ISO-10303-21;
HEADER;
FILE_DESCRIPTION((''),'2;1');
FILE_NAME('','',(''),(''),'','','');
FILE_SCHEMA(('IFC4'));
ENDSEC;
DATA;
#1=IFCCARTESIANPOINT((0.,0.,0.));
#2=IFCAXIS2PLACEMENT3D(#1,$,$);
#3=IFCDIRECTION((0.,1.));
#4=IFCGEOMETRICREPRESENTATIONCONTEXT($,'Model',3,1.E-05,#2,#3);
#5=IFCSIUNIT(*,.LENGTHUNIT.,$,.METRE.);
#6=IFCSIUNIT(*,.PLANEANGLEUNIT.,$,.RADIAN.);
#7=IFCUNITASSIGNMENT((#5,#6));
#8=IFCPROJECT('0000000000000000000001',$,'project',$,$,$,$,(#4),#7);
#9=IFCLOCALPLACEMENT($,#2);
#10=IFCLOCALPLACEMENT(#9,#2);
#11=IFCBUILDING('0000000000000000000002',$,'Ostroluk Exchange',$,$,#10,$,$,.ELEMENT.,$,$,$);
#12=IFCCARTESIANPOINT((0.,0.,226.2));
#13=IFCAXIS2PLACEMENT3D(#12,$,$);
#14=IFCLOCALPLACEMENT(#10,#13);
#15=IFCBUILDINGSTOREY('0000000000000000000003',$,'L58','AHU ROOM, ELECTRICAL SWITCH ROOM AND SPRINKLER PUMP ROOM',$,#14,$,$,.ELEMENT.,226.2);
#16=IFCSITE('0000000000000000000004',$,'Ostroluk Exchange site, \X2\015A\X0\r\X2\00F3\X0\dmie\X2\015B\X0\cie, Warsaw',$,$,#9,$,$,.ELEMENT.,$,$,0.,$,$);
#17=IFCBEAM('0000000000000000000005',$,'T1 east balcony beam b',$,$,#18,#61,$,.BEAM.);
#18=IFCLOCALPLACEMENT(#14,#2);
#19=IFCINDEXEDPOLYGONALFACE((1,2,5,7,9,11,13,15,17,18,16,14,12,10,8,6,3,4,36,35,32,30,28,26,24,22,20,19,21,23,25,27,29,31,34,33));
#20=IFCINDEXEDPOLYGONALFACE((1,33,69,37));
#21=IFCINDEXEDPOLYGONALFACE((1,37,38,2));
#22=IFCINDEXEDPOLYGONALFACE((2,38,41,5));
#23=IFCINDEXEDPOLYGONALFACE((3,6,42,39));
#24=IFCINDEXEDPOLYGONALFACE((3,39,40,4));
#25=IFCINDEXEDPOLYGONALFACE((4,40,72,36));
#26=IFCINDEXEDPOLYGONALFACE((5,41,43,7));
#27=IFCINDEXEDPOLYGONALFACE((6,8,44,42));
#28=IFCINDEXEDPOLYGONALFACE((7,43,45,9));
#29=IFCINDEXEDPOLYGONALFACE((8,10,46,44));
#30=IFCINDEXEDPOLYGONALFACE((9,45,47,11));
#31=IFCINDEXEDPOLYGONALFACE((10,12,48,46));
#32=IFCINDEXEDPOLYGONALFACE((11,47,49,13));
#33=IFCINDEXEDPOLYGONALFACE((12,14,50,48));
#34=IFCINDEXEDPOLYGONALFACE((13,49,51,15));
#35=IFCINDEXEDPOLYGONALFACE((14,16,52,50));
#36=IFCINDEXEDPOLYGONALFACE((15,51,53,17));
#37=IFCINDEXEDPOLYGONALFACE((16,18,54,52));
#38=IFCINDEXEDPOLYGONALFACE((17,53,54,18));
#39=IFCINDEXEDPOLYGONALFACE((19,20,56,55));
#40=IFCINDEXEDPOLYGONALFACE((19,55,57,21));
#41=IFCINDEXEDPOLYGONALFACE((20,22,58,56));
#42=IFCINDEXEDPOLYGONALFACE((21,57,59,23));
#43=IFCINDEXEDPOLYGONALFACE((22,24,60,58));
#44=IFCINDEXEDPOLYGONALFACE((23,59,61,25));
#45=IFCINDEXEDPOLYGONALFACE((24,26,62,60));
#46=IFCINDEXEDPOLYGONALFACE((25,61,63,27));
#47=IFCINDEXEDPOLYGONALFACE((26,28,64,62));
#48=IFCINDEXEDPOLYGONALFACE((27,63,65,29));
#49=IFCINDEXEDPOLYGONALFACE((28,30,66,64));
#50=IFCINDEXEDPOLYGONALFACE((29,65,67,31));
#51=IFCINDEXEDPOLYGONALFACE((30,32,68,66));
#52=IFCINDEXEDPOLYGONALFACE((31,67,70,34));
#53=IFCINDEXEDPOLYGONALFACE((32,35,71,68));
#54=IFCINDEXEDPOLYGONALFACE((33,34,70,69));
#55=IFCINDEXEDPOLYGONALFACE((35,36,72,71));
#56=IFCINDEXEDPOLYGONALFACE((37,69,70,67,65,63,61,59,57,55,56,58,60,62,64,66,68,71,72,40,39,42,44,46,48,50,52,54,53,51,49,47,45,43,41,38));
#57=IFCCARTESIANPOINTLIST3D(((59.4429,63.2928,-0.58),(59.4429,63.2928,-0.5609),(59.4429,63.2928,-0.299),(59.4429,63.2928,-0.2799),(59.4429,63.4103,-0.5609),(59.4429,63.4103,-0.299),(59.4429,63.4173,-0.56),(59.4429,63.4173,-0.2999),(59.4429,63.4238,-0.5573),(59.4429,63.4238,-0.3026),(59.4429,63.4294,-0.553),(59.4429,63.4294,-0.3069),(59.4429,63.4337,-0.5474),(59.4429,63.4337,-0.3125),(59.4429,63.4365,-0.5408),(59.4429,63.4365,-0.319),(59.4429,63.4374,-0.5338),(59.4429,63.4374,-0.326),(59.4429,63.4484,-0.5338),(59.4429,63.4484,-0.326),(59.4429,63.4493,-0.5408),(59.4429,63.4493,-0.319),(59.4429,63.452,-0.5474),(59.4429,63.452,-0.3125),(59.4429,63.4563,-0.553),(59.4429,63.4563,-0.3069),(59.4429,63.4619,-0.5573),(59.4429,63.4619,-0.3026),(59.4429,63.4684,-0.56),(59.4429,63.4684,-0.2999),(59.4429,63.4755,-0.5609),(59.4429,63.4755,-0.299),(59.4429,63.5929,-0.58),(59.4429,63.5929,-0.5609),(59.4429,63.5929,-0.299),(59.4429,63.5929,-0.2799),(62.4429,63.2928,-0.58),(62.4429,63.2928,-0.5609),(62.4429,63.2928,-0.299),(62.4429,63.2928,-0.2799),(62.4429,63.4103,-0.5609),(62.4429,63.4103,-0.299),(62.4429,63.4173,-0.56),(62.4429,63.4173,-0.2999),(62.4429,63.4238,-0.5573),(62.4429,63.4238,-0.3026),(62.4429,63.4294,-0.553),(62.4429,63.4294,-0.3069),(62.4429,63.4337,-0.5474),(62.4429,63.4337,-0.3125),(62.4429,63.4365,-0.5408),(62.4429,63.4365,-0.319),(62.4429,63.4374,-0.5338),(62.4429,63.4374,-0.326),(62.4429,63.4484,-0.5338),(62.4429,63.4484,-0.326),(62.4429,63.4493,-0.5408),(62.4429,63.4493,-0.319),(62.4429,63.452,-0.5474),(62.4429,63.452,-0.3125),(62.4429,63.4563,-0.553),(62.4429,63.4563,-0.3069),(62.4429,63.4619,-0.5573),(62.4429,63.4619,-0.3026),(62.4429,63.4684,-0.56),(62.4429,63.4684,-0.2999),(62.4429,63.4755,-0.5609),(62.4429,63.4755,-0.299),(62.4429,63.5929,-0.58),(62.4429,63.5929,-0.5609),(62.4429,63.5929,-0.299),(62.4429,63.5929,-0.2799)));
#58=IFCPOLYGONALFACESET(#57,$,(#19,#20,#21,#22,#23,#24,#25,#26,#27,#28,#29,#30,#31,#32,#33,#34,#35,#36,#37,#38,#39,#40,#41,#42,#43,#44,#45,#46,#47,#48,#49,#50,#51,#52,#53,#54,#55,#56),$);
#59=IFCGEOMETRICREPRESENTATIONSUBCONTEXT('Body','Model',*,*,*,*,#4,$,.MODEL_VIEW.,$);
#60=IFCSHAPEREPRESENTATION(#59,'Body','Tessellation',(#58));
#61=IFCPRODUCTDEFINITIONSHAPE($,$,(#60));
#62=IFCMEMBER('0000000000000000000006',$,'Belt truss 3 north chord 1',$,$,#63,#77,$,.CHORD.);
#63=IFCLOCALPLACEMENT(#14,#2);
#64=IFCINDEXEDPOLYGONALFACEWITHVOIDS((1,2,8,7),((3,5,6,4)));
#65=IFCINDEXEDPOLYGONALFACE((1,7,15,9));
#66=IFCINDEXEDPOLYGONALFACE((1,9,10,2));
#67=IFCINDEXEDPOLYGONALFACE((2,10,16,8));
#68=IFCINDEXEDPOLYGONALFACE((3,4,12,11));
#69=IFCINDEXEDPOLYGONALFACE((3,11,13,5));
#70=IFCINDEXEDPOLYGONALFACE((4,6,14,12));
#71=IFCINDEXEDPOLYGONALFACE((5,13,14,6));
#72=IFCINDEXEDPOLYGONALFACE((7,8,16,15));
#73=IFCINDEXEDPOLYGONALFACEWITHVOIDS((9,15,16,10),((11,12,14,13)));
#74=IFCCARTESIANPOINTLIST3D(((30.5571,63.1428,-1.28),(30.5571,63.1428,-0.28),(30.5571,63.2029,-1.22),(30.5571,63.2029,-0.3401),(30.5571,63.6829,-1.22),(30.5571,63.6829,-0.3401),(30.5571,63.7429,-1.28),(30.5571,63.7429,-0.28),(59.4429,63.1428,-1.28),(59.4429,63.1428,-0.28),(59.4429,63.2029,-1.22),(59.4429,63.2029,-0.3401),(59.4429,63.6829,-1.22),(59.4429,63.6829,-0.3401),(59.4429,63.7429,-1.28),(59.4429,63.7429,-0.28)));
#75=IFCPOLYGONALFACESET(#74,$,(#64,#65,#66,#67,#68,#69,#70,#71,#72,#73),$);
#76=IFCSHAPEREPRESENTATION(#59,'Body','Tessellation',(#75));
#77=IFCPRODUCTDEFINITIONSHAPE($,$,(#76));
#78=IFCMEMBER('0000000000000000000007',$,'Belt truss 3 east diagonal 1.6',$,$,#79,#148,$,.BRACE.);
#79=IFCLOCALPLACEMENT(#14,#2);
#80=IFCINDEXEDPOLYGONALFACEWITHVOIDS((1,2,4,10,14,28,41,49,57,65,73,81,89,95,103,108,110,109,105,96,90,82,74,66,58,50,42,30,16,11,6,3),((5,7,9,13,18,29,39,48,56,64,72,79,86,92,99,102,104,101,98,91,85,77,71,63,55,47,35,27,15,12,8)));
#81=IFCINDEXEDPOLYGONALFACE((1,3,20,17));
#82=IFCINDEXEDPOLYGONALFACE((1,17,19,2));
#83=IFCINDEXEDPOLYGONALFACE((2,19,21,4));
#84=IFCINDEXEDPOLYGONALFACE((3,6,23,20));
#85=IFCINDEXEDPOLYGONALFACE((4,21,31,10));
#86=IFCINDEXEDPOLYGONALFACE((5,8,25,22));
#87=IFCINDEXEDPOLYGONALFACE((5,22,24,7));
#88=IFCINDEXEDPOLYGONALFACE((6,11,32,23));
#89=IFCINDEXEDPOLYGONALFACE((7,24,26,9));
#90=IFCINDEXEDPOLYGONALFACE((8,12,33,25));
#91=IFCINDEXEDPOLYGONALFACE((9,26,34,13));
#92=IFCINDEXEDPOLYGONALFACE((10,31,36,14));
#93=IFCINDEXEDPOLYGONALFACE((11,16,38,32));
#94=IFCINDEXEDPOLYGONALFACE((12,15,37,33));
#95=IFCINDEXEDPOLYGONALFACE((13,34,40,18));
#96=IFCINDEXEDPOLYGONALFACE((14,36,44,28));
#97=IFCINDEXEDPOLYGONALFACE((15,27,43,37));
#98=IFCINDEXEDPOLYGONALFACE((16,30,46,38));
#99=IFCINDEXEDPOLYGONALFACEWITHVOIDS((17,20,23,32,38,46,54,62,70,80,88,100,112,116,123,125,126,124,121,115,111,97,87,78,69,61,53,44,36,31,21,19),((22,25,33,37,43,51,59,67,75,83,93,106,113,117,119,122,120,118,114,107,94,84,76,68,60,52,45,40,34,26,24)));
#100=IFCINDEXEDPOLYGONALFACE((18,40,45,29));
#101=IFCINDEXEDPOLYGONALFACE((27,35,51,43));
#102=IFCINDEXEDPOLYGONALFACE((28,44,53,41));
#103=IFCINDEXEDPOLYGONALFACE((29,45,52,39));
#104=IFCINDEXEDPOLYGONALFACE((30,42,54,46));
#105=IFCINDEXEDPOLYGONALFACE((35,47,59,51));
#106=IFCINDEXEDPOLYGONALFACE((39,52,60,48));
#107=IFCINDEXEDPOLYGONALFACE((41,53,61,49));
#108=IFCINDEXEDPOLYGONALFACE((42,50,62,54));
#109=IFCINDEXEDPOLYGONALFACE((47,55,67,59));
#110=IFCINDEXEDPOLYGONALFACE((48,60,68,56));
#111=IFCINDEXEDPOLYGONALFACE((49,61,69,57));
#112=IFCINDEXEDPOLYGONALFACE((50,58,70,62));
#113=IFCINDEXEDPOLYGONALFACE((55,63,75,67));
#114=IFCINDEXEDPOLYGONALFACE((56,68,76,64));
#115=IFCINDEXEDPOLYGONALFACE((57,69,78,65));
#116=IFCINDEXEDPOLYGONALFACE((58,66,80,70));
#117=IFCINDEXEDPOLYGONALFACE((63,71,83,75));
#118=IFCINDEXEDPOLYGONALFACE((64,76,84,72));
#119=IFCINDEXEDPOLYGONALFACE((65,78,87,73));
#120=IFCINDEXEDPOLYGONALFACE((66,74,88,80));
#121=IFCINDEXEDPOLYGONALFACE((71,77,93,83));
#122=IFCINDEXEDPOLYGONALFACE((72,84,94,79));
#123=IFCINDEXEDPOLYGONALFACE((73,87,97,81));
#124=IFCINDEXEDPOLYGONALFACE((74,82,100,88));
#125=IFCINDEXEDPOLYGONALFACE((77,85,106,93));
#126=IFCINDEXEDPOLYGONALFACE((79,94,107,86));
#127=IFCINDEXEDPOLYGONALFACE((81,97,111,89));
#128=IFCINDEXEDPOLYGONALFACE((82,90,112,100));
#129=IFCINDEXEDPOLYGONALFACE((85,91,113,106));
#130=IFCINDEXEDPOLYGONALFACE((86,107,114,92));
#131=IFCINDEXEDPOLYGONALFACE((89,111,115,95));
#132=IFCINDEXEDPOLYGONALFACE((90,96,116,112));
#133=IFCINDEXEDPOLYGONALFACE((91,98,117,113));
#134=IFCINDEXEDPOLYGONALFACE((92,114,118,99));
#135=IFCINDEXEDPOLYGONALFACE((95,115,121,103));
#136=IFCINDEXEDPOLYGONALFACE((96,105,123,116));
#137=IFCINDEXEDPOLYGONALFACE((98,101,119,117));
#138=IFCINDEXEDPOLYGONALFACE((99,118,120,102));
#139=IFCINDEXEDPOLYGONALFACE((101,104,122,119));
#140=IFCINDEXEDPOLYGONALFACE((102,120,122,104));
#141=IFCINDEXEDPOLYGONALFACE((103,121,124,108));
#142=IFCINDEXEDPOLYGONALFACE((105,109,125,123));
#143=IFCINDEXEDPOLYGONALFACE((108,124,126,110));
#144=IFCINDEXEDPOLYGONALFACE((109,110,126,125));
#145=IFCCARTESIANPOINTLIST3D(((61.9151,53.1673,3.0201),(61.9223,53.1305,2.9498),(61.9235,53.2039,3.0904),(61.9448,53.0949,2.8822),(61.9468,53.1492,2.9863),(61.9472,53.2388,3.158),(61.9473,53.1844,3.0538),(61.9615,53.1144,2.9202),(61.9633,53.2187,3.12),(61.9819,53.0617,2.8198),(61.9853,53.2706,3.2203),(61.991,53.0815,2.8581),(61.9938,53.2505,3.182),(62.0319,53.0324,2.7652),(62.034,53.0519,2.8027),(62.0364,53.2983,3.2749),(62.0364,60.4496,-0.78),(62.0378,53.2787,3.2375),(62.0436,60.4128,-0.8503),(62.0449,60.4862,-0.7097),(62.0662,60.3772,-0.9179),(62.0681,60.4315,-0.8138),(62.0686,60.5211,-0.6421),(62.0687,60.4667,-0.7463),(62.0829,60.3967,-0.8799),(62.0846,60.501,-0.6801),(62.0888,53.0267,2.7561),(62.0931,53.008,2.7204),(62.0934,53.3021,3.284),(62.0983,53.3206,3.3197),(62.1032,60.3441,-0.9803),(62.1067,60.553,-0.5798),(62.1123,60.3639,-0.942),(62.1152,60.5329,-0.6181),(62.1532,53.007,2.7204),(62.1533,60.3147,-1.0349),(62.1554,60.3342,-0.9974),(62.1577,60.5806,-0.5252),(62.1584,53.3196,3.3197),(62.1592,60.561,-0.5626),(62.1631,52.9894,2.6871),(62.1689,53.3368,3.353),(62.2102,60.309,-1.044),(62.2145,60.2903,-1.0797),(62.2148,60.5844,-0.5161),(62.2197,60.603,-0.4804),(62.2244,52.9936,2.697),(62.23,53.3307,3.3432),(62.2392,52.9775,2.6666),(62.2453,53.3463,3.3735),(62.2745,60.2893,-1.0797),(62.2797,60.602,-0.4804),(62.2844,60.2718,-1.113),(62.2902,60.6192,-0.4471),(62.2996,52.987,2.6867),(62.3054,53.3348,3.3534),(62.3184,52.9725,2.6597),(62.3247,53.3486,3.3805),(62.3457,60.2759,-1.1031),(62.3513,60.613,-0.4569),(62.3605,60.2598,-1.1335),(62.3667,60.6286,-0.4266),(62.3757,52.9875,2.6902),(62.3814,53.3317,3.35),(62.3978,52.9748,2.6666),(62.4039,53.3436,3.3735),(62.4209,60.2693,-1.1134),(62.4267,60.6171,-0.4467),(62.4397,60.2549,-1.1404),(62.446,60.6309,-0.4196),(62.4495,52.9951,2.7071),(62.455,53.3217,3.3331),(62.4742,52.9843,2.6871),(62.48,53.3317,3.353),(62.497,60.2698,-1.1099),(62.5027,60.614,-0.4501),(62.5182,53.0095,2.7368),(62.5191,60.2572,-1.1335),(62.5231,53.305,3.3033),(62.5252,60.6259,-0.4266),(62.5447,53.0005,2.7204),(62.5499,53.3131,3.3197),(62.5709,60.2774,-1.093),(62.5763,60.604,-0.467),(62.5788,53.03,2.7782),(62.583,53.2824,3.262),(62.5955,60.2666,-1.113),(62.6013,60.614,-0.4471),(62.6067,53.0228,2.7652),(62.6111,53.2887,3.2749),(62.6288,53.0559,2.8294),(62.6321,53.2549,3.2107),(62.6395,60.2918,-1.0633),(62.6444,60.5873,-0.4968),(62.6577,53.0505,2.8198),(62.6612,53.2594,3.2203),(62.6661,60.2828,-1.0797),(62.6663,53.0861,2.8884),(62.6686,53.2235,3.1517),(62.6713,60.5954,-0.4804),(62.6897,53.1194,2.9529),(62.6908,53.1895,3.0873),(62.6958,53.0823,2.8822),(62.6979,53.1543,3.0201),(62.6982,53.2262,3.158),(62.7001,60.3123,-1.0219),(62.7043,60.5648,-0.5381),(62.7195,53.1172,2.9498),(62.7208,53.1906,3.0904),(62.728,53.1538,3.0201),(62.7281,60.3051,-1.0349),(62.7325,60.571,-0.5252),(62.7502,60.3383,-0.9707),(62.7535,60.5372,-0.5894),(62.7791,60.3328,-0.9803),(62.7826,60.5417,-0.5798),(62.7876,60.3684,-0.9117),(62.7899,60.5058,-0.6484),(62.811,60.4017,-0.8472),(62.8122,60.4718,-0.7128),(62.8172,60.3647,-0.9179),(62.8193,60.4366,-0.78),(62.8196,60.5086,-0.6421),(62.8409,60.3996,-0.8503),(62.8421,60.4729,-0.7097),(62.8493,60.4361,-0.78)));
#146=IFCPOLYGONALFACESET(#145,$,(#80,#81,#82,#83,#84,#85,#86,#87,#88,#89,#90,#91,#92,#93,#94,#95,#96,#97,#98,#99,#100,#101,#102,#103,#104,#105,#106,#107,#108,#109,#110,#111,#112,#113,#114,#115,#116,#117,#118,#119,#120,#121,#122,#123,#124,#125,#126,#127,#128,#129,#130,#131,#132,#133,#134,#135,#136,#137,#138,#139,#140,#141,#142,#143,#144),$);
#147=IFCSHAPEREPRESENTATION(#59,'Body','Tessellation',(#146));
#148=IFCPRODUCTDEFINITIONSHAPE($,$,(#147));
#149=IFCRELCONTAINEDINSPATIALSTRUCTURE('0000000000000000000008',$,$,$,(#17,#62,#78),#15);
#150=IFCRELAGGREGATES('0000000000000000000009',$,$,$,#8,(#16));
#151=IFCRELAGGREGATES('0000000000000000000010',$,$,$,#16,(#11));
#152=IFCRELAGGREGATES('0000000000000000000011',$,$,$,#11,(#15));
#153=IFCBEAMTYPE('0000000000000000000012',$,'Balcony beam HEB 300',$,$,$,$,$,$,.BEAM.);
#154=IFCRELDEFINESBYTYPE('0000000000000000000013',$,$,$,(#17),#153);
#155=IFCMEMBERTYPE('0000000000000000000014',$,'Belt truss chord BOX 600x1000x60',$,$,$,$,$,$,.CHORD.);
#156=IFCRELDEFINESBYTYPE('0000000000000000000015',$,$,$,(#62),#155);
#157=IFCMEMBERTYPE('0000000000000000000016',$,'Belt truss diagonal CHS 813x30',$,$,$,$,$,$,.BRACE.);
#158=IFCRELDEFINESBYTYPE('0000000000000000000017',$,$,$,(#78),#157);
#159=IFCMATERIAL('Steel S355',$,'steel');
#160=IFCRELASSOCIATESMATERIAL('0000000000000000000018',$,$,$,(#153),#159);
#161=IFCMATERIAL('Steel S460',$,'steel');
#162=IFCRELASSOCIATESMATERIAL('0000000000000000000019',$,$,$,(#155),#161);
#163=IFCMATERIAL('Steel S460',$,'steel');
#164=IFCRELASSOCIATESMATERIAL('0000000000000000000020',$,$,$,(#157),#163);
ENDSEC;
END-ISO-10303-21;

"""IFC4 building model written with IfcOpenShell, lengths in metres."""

from ifc_helpers import new_model, si_unit, direction, frame, origin, origin_2d, place, context, subcontext, project, spatial, hollow_rectangle, hollow_circle, i_section, extrude, material, material_profile, profile_set, type_object, element, save


model = new_model("IFC4")

# Units and contexts
model_context = context("Model", 3, precision=1e-05, world=origin(), true_north=direction((0.0, 1.0)))
body_context = subcontext(model_context, "Body", "Model", "MODEL_VIEW")
ifc_project = project(units=[si_unit("LENGTHUNIT", "METRE"), si_unit("PLANEANGLEUNIT", "RADIAN")], contexts=[model_context])

# Site, building, storey
site_placement = place(None, origin())
site = spatial("IfcSite", under=ifc_project, at=site_placement, Name="Ostroluk Exchange site, Śródmieście, Warsaw", CompositionType="ELEMENT", RefElevation=0.0)
building_placement = place(site_placement, origin())
building = spatial("IfcBuilding", under=site, at=building_placement, Name="Ostroluk Exchange", CompositionType="ELEMENT")
storey_placement = place(building_placement, frame((0.0, 0.0, 226.2)))
storey = spatial("IfcBuildingStorey", under=building, at=storey_placement, Name="L58", Description="AHU ROOM, ELECTRICAL SWITCH ROOM AND SPRINKLER PUMP ROOM", CompositionType="ELEMENT", Elevation=226.2)

# Beam
ifc_material_1 = material(Name="Steel S355", Category="steel")
ifc_material_profile_1 = material_profile(ifc_material_1, i_section(OverallWidth=0.3, OverallDepth=0.3, WebThickness=0.011, FlangeThickness=0.019, FilletRadius=0.0271, at=origin_2d()), Name="HEB 300")
ifc_profile_set_1 = profile_set([ifc_material_profile_1], Name="Steel S355")
beam_type = type_object("IfcBeamType", Name="Balcony beam HEB 300", PredefinedType="BEAM", material=ifc_profile_set_1)
for number, where, z_axis, x_axis, name in (
    (1, (59.4429, 63.4429, -0.4299), (1.0, 0.0, 0.0), (0.0, 1.0, 0.0), "T1 east balcony beam b"),
):
    element("IfcBeam", number, at=place(storey_placement, frame(where, z_axis=z_axis, x_axis=x_axis)), inside=storey, type_object=beam_type, Name=name, PredefinedType="BEAM", context=body_context, shape_type="SweptSolid", body=[
        extrude(i_section(OverallWidth=0.3, OverallDepth=0.3, WebThickness=0.011, FlangeThickness=0.019, FilletRadius=0.0271, at=origin_2d()), origin(), (0.0, 0.0, 1.0), 3.0),
    ])

# Members
ifc_material_2 = material(Name="Steel S460", Category="steel")
ifc_material_profile_2 = material_profile(ifc_material_2, hollow_rectangle(XDim=0.6001, YDim=1.0, WallThickness=0.0601, at=origin_2d()), Name="BOX 600x1000x60")
ifc_profile_set_2 = profile_set([ifc_material_profile_2], Name="Steel S460")
member_type_1 = type_object("IfcMemberType", Name="Belt truss chord BOX 600x1000x60", PredefinedType="CHORD", material=ifc_profile_set_2)
member_1_placement = place(storey_placement, frame((59.4429, 63.4429, -0.78), z_axis=(-1.0, 0.0, 0.0), x_axis=(0.0, -1.0, 0.0)))
element("IfcMember", 2, at=member_1_placement, inside=storey, type_object=member_type_1, Name="Belt truss 3 north chord 1", PredefinedType="CHORD", context=body_context, shape_type="SweptSolid", body=[
    extrude(hollow_rectangle(XDim=0.6001, YDim=1.0, WallThickness=0.0601, at=origin_2d()), origin(), (0.0, 0.0, 1.0), 28.8857),
])
ifc_material_3 = material(Name="Steel S460", Category="steel")
ifc_material_profile_3 = material_profile(ifc_material_3, hollow_circle(Radius=0.4065, WallThickness=0.03, at=origin_2d()), Name="CHS 813x30")
ifc_profile_set_3 = profile_set([ifc_material_profile_3], Name="Steel S460")
member_type_2 = type_object("IfcMemberType", Name="Belt truss diagonal CHS 813x30", PredefinedType="BRACE", material=ifc_profile_set_3)
for number, where, z_axis, x_axis, name in (
    (3, (62.4429, 60.4429, -0.78), (-0.01477, -0.886457, 0.462575), (0.999861, -0.01666, 0.0), "Belt truss 3 east diagonal 1.6"),
):
    element("IfcMember", number, at=place(storey_placement, frame(where, z_axis=z_axis, x_axis=x_axis)), inside=storey, type_object=member_type_2, Name=name, PredefinedType="BRACE", context=body_context, shape_type="SweptSolid", body=[
        extrude(hollow_circle(Radius=0.4065, WallThickness=0.03, at=origin_2d()), origin(), (0.0, 0.0, 1.0), 8.2151),
    ])

save(model, "model.ifc")
